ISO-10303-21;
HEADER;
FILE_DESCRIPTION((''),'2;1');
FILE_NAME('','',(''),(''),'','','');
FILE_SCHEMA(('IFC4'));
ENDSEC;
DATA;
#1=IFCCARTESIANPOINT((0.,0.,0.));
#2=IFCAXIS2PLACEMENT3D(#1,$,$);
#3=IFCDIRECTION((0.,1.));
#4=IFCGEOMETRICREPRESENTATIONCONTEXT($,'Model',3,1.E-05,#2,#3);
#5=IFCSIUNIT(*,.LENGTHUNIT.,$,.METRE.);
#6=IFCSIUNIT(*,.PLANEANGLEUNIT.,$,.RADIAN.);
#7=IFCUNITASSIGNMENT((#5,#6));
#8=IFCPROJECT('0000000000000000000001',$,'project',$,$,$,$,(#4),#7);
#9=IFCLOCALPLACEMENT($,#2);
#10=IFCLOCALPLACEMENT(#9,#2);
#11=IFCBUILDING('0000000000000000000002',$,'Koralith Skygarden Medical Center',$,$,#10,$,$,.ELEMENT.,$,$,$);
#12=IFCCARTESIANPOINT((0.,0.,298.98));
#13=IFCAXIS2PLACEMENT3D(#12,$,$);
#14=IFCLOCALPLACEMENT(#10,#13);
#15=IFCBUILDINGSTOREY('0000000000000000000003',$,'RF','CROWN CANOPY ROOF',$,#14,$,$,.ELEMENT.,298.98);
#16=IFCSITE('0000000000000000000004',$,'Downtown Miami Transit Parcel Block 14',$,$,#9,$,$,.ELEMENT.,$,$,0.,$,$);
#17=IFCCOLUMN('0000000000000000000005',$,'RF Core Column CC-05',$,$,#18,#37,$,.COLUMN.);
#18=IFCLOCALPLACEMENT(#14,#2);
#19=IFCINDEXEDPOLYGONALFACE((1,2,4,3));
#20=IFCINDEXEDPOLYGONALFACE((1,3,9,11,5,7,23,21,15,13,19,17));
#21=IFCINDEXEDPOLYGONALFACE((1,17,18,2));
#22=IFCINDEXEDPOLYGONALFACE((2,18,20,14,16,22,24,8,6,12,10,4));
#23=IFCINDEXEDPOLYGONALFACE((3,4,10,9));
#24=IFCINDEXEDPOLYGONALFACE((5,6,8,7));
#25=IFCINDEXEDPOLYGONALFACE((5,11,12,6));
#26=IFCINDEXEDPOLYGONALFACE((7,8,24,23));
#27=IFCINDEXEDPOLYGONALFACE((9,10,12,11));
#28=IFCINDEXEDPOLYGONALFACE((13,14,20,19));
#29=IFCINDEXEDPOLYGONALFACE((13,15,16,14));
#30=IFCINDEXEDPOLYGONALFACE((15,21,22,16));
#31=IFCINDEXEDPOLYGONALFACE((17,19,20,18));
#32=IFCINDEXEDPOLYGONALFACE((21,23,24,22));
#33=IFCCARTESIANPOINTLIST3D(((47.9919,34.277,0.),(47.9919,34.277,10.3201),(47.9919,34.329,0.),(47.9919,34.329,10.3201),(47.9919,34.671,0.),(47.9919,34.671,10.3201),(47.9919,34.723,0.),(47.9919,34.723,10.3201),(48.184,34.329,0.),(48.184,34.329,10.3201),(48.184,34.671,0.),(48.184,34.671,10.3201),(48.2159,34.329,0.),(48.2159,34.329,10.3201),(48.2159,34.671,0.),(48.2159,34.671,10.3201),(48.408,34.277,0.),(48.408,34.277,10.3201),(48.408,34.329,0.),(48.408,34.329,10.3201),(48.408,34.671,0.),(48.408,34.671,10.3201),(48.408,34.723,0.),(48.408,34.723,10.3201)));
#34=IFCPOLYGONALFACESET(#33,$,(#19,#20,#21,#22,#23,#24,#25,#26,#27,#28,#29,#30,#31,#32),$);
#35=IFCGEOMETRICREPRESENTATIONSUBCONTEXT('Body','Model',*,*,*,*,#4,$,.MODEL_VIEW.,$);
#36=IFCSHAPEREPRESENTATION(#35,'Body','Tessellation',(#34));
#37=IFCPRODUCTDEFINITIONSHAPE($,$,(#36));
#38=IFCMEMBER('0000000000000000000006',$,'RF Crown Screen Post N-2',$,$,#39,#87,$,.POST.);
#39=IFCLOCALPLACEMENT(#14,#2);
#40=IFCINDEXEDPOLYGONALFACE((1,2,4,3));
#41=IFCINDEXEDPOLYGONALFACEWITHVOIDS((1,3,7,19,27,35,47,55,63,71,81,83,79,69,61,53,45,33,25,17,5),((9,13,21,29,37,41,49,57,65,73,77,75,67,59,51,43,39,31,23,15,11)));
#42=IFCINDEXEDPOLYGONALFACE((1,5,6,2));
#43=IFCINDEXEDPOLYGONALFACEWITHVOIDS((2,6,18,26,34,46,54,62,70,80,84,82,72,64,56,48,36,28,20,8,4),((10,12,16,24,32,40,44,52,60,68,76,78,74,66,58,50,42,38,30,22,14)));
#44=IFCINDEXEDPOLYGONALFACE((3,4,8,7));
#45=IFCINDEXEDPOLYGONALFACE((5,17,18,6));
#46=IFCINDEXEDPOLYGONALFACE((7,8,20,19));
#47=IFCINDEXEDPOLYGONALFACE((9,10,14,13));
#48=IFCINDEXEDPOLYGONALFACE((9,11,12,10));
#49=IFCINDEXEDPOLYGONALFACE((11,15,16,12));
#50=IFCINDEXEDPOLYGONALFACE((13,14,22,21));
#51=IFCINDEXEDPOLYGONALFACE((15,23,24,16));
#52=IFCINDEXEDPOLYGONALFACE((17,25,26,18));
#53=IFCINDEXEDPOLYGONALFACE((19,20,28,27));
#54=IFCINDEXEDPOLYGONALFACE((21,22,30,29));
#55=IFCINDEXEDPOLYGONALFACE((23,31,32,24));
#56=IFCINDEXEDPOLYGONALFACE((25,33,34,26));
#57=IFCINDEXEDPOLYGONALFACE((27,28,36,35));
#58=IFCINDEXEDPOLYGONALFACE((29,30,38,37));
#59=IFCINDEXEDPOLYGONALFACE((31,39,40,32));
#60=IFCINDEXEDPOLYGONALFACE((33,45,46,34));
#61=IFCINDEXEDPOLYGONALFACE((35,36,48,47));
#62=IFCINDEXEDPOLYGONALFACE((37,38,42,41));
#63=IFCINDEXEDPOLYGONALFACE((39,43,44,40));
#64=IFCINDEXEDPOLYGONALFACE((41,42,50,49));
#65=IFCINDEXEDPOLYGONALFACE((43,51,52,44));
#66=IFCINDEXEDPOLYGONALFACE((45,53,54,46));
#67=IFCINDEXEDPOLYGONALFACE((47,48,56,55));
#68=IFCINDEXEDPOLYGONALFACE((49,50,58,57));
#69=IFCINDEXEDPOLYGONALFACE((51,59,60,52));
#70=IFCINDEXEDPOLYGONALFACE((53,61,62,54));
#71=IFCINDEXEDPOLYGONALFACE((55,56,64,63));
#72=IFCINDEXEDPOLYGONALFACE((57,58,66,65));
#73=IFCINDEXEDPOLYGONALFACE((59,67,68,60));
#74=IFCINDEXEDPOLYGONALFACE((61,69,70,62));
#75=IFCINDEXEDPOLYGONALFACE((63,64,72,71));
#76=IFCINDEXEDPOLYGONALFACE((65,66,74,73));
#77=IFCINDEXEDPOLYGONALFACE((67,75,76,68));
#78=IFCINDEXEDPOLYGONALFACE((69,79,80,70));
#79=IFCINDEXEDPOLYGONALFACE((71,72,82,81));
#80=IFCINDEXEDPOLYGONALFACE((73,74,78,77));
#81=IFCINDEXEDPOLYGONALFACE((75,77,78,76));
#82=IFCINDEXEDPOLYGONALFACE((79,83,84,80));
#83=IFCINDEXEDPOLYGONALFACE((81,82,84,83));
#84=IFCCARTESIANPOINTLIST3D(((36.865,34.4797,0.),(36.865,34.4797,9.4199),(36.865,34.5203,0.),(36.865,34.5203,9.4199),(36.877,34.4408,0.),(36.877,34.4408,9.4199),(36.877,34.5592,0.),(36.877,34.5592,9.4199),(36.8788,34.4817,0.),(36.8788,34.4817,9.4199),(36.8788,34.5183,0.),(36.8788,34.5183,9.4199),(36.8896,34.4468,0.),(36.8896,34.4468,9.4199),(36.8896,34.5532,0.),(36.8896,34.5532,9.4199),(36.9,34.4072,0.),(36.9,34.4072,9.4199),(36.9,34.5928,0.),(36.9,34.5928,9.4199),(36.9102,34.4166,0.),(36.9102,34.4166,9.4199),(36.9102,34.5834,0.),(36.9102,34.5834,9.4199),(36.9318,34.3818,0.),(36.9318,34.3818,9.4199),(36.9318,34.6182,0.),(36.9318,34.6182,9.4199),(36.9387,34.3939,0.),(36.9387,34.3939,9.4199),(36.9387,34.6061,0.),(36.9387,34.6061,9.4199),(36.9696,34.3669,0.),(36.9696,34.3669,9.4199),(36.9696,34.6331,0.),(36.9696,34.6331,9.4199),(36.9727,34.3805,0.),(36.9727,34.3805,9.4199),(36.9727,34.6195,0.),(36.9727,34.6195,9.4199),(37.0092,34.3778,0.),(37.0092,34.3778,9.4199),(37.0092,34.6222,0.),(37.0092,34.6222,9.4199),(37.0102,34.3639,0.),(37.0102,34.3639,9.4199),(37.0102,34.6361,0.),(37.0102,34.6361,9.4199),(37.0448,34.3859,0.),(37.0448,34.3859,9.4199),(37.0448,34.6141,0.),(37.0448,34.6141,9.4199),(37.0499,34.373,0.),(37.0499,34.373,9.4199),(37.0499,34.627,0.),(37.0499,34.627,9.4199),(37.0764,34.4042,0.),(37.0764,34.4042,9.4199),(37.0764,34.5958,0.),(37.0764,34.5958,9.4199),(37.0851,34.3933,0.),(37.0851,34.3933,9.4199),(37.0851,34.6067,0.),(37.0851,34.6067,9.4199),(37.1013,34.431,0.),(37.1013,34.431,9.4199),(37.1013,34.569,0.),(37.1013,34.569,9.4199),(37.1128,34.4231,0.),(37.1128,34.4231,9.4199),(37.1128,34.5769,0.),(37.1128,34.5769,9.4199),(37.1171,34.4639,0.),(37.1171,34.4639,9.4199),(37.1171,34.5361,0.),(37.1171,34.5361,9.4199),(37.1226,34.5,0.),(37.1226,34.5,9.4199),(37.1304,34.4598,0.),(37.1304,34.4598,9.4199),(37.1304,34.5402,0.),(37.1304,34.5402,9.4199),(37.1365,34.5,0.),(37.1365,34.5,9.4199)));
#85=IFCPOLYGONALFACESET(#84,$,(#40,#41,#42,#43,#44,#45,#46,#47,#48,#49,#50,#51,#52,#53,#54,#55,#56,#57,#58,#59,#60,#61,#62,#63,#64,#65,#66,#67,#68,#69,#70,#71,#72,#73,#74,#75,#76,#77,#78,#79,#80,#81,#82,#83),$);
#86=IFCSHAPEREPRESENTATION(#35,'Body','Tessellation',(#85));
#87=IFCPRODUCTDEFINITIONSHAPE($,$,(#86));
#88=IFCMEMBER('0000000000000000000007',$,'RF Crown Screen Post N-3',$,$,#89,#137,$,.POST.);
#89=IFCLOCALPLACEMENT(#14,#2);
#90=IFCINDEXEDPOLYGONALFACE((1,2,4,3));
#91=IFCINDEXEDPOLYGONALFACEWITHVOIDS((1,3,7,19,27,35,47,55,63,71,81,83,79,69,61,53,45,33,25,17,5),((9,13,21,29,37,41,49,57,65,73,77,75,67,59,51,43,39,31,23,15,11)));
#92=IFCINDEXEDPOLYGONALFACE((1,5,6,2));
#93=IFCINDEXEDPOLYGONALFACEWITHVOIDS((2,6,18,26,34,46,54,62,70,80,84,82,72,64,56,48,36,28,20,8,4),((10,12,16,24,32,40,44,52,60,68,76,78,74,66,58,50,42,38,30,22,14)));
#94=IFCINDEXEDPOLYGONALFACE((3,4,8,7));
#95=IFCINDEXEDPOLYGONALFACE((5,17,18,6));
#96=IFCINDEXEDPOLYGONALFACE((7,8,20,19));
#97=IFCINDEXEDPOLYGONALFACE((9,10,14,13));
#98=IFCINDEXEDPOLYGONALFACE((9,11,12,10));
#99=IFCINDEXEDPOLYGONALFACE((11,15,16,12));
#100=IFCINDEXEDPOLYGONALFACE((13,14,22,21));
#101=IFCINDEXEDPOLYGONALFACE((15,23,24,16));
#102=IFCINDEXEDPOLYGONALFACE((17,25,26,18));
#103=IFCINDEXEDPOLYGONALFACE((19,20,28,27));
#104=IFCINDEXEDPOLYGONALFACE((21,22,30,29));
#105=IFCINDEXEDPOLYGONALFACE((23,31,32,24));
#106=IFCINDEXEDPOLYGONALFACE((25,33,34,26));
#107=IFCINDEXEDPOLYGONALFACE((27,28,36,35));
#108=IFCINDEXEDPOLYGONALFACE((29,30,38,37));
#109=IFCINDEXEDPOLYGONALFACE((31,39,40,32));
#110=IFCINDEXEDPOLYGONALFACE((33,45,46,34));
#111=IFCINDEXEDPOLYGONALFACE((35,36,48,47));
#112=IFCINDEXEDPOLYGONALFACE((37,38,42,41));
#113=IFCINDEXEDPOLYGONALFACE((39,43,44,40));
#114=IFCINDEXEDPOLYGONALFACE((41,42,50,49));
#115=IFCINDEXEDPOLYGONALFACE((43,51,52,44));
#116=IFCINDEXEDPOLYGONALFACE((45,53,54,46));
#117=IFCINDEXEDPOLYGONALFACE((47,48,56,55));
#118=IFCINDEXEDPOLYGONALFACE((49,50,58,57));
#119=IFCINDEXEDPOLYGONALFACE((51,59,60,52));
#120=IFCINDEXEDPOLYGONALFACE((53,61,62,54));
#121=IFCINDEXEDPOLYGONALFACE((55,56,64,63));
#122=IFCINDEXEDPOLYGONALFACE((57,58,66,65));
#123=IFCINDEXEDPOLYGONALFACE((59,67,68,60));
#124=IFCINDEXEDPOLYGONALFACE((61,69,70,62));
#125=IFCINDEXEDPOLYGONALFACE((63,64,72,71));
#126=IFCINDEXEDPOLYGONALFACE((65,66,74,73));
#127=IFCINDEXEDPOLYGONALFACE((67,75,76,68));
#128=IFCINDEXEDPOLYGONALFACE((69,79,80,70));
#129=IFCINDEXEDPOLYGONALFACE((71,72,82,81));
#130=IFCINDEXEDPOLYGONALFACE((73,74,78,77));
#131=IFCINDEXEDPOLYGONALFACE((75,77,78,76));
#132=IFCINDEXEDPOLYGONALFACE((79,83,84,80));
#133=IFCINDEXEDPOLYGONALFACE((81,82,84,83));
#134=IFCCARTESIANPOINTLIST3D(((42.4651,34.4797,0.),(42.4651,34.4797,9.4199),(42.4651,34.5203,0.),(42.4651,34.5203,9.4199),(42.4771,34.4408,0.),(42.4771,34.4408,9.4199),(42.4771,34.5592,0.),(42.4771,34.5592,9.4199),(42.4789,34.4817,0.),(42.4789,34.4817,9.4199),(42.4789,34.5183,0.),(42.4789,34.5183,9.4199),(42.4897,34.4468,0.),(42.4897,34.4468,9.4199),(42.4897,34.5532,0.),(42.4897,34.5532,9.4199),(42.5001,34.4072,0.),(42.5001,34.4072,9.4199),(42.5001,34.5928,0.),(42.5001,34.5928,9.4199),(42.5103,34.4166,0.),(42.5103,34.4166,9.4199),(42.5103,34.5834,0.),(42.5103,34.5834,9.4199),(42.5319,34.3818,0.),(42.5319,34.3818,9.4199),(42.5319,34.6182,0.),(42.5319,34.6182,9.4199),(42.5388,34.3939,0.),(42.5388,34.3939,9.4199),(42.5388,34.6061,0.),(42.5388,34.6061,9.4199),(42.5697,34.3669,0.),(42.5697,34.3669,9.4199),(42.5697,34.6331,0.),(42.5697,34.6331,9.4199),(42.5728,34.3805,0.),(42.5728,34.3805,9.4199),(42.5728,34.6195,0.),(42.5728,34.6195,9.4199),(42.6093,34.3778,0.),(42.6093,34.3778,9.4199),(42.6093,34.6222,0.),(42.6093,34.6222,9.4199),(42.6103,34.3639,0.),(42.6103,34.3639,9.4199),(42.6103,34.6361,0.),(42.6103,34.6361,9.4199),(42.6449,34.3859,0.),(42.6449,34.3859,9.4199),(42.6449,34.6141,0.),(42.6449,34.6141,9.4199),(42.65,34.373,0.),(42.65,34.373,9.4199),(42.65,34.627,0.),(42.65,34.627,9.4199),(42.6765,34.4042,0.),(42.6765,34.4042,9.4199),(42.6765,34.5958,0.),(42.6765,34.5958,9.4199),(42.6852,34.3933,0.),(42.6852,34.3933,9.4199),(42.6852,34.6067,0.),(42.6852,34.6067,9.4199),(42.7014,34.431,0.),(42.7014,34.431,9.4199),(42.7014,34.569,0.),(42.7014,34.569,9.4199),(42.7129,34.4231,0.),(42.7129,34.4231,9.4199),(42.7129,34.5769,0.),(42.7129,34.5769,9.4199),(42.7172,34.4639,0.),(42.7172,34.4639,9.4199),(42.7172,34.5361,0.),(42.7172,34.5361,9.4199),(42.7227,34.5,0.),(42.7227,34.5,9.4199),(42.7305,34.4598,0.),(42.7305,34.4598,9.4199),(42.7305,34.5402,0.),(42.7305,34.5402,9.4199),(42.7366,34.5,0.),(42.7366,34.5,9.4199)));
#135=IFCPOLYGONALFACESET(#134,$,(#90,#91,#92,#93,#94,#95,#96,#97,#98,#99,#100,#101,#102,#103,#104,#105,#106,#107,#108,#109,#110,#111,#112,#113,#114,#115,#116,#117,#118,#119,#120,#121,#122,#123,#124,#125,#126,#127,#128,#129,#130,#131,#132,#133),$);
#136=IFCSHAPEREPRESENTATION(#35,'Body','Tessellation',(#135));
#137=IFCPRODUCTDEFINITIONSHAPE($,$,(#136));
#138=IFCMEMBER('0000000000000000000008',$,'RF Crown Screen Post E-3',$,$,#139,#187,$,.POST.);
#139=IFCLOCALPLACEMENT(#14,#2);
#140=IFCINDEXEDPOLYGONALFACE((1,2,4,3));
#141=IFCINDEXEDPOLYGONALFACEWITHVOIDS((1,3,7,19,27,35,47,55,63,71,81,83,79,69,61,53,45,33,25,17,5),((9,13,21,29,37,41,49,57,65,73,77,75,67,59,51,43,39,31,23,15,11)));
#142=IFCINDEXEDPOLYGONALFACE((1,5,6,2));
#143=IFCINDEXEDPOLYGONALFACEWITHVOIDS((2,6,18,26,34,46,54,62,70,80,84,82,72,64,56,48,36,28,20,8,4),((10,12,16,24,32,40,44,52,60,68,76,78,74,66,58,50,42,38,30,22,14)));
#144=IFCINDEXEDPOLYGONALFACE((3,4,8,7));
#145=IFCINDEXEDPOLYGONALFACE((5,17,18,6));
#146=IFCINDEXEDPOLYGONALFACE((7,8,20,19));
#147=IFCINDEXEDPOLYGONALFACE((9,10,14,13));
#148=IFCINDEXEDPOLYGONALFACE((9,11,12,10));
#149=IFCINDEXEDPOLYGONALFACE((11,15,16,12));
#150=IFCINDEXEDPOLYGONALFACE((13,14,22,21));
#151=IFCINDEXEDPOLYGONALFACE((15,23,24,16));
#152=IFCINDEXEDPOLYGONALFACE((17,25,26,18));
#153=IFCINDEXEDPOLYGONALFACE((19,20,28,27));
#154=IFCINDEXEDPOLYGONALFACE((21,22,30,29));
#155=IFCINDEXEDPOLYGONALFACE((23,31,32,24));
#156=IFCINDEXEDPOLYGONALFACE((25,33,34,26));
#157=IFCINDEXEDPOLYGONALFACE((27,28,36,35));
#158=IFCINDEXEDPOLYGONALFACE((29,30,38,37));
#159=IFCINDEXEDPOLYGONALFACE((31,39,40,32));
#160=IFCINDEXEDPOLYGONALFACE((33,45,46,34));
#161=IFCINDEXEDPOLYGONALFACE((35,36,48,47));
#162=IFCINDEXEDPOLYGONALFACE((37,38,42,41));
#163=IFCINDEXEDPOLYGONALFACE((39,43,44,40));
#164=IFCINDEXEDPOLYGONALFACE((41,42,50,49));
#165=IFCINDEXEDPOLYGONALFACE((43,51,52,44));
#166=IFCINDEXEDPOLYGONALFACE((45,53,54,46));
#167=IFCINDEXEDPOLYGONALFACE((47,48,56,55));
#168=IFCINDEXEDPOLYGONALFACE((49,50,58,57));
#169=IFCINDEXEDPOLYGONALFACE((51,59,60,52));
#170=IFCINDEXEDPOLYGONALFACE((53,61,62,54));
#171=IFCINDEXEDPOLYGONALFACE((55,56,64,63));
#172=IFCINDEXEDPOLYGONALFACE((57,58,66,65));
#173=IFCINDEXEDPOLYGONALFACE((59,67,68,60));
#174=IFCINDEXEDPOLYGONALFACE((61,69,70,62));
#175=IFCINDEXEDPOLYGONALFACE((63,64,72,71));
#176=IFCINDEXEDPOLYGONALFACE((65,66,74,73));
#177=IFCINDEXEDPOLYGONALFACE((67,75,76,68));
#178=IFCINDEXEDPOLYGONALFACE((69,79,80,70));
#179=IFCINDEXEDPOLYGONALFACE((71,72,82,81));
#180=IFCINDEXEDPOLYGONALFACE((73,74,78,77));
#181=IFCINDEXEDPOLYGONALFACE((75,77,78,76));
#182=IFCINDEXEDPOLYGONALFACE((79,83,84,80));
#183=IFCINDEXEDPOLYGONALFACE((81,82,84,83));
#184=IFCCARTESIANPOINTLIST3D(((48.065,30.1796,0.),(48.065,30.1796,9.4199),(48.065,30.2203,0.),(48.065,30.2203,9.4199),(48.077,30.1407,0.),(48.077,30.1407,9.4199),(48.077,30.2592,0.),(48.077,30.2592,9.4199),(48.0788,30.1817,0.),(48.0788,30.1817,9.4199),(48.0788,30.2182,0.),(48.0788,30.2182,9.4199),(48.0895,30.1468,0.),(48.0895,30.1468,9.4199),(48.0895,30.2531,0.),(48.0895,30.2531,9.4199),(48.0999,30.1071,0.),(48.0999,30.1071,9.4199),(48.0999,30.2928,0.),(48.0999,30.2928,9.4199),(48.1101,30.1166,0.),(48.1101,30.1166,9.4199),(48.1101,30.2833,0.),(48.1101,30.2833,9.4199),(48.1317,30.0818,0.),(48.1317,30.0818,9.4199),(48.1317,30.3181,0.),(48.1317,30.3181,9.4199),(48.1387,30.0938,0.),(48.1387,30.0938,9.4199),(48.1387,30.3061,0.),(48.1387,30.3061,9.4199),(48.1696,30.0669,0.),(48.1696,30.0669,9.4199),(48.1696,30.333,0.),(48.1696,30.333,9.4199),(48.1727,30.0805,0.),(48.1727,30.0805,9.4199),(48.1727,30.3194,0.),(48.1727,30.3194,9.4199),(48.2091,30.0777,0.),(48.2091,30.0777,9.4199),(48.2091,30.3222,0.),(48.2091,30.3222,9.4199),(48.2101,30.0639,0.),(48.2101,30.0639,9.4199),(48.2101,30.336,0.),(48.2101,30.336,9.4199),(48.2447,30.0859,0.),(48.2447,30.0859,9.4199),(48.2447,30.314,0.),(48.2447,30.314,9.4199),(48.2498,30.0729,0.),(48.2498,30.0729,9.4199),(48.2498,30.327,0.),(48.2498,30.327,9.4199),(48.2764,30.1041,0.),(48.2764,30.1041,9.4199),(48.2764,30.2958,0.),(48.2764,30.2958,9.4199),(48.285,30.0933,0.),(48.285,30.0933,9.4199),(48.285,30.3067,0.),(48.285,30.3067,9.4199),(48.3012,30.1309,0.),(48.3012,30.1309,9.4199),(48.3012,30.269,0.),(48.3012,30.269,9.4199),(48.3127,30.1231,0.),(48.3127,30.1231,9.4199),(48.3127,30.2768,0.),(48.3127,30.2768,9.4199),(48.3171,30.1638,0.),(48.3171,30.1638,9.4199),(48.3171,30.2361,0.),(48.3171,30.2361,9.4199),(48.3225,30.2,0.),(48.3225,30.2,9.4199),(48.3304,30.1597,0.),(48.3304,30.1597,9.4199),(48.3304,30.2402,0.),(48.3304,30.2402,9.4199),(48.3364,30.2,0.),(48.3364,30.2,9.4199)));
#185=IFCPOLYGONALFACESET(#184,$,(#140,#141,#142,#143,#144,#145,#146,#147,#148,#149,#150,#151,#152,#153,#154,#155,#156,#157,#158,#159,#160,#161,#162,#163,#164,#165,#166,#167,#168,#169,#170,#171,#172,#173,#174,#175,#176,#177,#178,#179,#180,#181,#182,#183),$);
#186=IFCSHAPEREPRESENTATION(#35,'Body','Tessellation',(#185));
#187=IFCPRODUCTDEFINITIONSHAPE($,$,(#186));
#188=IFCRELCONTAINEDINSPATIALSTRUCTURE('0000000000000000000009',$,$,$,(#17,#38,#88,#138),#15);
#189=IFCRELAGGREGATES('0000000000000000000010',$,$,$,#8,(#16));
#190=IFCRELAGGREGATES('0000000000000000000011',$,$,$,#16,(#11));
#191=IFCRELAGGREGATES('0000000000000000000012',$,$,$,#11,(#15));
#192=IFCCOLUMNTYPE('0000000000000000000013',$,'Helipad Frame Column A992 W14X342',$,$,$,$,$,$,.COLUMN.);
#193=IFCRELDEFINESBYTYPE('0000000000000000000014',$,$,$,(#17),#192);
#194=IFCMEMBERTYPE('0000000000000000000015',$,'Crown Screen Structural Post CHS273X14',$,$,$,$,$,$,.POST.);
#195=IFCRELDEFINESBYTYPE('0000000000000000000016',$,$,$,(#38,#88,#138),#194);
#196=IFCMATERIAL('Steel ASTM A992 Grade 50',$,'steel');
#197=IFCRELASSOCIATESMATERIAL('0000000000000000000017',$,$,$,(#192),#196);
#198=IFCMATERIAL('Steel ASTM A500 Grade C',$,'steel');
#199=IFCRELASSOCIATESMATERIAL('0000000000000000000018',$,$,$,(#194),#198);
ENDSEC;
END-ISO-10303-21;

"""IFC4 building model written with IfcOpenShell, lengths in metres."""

from ifc_helpers import new_model, si_unit, direction, frame, origin, origin_2d, place, context, subcontext, project, spatial, hollow_circle, i_section, extrude, material, material_profile, profile_set, type_object, element, save


model = new_model("IFC4")

# Units and contexts
model_context = context("Model", 3, precision=1e-05, world=origin(), true_north=direction((0.0, 1.0)))
body_context = subcontext(model_context, "Body", "Model", "MODEL_VIEW")
ifc_project = project(units=[si_unit("LENGTHUNIT", "METRE"), si_unit("PLANEANGLEUNIT", "RADIAN")], contexts=[model_context])

# Site, building, storey
site_placement = place(None, origin())
site = spatial("IfcSite", under=ifc_project, at=site_placement, Name="Downtown Miami Transit Parcel Block 14", CompositionType="ELEMENT", RefElevation=0.0)
building_placement = place(site_placement, origin())
building = spatial("IfcBuilding", under=site, at=building_placement, Name="Koralith Skygarden Medical Center", CompositionType="ELEMENT")
storey_placement = place(building_placement, frame((0.0, 0.0, 298.98)))
storey = spatial("IfcBuildingStorey", under=building, at=storey_placement, Name="RF", Description="CROWN CANOPY ROOF", CompositionType="ELEMENT", Elevation=298.98)

# Column
ifc_material_1 = material(Name="Steel ASTM A992 Grade 50", Category="steel")
ifc_material_profile_1 = material_profile(ifc_material_1, i_section(OverallWidth=0.416, OverallDepth=0.446, WebThickness=0.032, FlangeThickness=0.052, at=origin_2d()), Name="W14X342")
ifc_profile_set_1 = profile_set([ifc_material_profile_1], Name="Steel ASTM A992 Grade 50")
column_type = type_object("IfcColumnType", Name="Helipad Frame Column A992 W14X342", PredefinedType="COLUMN", material=ifc_profile_set_1)
column_placement = place(storey_placement, frame((48.2, 34.5, 0.0), z_axis=(0.0, 0.0, 1.0), x_axis=(1.0, 0.0, 0.0)))
element("IfcColumn", 1, at=column_placement, inside=storey, type_object=column_type, Name="RF Core Column CC-05", PredefinedType="COLUMN", context=body_context, shape_type="SweptSolid", body=[
    extrude(i_section(OverallWidth=0.416, OverallDepth=0.446, WebThickness=0.032, FlangeThickness=0.052, at=origin_2d()), origin(), (0.0, 0.0, 1.0), 10.3201),
])

# Members
ifc_material_2 = material(Name="Steel ASTM A500 Grade C", Category="steel")
ifc_material_profile_2 = material_profile(ifc_material_2, hollow_circle(Radius=0.1365, WallThickness=0.0139, at=origin_2d()), Name="CHS273X14")
ifc_profile_set_2 = profile_set([ifc_material_profile_2], Name="Steel ASTM A500 Grade C")
member_type_1 = type_object("IfcMemberType", Name="Crown Screen Structural Post CHS273X14", PredefinedType="POST", material=ifc_profile_set_2)
for number, where, z_axis, x_axis, name in (
    (2, (37.0, 34.5, 0.0), (0.0, 0.0, 1.0), (1.0, 0.0, 0.0), "RF Crown Screen Post N-2"),
    (3, (42.6001, 34.5, 0.0), (0.0, 0.0, 1.0), (1.0, 0.0, 0.0), "RF Crown Screen Post N-3"),
    (4, (48.2, 30.2, 0.0), (0.0, 0.0, 1.0), (1.0, 0.0, 0.0), "RF Crown Screen Post E-3"),
):
    element("IfcMember", number, at=place(storey_placement, frame(where, z_axis=z_axis, x_axis=x_axis)), inside=storey, type_object=member_type_1, Name=name, PredefinedType="POST", context=body_context, shape_type="SweptSolid", body=[
        extrude(hollow_circle(Radius=0.1365, WallThickness=0.0139, at=origin_2d()), origin(), (0.0, 0.0, 1.0), 9.4199),
    ])

save(model, "model.ifc")
